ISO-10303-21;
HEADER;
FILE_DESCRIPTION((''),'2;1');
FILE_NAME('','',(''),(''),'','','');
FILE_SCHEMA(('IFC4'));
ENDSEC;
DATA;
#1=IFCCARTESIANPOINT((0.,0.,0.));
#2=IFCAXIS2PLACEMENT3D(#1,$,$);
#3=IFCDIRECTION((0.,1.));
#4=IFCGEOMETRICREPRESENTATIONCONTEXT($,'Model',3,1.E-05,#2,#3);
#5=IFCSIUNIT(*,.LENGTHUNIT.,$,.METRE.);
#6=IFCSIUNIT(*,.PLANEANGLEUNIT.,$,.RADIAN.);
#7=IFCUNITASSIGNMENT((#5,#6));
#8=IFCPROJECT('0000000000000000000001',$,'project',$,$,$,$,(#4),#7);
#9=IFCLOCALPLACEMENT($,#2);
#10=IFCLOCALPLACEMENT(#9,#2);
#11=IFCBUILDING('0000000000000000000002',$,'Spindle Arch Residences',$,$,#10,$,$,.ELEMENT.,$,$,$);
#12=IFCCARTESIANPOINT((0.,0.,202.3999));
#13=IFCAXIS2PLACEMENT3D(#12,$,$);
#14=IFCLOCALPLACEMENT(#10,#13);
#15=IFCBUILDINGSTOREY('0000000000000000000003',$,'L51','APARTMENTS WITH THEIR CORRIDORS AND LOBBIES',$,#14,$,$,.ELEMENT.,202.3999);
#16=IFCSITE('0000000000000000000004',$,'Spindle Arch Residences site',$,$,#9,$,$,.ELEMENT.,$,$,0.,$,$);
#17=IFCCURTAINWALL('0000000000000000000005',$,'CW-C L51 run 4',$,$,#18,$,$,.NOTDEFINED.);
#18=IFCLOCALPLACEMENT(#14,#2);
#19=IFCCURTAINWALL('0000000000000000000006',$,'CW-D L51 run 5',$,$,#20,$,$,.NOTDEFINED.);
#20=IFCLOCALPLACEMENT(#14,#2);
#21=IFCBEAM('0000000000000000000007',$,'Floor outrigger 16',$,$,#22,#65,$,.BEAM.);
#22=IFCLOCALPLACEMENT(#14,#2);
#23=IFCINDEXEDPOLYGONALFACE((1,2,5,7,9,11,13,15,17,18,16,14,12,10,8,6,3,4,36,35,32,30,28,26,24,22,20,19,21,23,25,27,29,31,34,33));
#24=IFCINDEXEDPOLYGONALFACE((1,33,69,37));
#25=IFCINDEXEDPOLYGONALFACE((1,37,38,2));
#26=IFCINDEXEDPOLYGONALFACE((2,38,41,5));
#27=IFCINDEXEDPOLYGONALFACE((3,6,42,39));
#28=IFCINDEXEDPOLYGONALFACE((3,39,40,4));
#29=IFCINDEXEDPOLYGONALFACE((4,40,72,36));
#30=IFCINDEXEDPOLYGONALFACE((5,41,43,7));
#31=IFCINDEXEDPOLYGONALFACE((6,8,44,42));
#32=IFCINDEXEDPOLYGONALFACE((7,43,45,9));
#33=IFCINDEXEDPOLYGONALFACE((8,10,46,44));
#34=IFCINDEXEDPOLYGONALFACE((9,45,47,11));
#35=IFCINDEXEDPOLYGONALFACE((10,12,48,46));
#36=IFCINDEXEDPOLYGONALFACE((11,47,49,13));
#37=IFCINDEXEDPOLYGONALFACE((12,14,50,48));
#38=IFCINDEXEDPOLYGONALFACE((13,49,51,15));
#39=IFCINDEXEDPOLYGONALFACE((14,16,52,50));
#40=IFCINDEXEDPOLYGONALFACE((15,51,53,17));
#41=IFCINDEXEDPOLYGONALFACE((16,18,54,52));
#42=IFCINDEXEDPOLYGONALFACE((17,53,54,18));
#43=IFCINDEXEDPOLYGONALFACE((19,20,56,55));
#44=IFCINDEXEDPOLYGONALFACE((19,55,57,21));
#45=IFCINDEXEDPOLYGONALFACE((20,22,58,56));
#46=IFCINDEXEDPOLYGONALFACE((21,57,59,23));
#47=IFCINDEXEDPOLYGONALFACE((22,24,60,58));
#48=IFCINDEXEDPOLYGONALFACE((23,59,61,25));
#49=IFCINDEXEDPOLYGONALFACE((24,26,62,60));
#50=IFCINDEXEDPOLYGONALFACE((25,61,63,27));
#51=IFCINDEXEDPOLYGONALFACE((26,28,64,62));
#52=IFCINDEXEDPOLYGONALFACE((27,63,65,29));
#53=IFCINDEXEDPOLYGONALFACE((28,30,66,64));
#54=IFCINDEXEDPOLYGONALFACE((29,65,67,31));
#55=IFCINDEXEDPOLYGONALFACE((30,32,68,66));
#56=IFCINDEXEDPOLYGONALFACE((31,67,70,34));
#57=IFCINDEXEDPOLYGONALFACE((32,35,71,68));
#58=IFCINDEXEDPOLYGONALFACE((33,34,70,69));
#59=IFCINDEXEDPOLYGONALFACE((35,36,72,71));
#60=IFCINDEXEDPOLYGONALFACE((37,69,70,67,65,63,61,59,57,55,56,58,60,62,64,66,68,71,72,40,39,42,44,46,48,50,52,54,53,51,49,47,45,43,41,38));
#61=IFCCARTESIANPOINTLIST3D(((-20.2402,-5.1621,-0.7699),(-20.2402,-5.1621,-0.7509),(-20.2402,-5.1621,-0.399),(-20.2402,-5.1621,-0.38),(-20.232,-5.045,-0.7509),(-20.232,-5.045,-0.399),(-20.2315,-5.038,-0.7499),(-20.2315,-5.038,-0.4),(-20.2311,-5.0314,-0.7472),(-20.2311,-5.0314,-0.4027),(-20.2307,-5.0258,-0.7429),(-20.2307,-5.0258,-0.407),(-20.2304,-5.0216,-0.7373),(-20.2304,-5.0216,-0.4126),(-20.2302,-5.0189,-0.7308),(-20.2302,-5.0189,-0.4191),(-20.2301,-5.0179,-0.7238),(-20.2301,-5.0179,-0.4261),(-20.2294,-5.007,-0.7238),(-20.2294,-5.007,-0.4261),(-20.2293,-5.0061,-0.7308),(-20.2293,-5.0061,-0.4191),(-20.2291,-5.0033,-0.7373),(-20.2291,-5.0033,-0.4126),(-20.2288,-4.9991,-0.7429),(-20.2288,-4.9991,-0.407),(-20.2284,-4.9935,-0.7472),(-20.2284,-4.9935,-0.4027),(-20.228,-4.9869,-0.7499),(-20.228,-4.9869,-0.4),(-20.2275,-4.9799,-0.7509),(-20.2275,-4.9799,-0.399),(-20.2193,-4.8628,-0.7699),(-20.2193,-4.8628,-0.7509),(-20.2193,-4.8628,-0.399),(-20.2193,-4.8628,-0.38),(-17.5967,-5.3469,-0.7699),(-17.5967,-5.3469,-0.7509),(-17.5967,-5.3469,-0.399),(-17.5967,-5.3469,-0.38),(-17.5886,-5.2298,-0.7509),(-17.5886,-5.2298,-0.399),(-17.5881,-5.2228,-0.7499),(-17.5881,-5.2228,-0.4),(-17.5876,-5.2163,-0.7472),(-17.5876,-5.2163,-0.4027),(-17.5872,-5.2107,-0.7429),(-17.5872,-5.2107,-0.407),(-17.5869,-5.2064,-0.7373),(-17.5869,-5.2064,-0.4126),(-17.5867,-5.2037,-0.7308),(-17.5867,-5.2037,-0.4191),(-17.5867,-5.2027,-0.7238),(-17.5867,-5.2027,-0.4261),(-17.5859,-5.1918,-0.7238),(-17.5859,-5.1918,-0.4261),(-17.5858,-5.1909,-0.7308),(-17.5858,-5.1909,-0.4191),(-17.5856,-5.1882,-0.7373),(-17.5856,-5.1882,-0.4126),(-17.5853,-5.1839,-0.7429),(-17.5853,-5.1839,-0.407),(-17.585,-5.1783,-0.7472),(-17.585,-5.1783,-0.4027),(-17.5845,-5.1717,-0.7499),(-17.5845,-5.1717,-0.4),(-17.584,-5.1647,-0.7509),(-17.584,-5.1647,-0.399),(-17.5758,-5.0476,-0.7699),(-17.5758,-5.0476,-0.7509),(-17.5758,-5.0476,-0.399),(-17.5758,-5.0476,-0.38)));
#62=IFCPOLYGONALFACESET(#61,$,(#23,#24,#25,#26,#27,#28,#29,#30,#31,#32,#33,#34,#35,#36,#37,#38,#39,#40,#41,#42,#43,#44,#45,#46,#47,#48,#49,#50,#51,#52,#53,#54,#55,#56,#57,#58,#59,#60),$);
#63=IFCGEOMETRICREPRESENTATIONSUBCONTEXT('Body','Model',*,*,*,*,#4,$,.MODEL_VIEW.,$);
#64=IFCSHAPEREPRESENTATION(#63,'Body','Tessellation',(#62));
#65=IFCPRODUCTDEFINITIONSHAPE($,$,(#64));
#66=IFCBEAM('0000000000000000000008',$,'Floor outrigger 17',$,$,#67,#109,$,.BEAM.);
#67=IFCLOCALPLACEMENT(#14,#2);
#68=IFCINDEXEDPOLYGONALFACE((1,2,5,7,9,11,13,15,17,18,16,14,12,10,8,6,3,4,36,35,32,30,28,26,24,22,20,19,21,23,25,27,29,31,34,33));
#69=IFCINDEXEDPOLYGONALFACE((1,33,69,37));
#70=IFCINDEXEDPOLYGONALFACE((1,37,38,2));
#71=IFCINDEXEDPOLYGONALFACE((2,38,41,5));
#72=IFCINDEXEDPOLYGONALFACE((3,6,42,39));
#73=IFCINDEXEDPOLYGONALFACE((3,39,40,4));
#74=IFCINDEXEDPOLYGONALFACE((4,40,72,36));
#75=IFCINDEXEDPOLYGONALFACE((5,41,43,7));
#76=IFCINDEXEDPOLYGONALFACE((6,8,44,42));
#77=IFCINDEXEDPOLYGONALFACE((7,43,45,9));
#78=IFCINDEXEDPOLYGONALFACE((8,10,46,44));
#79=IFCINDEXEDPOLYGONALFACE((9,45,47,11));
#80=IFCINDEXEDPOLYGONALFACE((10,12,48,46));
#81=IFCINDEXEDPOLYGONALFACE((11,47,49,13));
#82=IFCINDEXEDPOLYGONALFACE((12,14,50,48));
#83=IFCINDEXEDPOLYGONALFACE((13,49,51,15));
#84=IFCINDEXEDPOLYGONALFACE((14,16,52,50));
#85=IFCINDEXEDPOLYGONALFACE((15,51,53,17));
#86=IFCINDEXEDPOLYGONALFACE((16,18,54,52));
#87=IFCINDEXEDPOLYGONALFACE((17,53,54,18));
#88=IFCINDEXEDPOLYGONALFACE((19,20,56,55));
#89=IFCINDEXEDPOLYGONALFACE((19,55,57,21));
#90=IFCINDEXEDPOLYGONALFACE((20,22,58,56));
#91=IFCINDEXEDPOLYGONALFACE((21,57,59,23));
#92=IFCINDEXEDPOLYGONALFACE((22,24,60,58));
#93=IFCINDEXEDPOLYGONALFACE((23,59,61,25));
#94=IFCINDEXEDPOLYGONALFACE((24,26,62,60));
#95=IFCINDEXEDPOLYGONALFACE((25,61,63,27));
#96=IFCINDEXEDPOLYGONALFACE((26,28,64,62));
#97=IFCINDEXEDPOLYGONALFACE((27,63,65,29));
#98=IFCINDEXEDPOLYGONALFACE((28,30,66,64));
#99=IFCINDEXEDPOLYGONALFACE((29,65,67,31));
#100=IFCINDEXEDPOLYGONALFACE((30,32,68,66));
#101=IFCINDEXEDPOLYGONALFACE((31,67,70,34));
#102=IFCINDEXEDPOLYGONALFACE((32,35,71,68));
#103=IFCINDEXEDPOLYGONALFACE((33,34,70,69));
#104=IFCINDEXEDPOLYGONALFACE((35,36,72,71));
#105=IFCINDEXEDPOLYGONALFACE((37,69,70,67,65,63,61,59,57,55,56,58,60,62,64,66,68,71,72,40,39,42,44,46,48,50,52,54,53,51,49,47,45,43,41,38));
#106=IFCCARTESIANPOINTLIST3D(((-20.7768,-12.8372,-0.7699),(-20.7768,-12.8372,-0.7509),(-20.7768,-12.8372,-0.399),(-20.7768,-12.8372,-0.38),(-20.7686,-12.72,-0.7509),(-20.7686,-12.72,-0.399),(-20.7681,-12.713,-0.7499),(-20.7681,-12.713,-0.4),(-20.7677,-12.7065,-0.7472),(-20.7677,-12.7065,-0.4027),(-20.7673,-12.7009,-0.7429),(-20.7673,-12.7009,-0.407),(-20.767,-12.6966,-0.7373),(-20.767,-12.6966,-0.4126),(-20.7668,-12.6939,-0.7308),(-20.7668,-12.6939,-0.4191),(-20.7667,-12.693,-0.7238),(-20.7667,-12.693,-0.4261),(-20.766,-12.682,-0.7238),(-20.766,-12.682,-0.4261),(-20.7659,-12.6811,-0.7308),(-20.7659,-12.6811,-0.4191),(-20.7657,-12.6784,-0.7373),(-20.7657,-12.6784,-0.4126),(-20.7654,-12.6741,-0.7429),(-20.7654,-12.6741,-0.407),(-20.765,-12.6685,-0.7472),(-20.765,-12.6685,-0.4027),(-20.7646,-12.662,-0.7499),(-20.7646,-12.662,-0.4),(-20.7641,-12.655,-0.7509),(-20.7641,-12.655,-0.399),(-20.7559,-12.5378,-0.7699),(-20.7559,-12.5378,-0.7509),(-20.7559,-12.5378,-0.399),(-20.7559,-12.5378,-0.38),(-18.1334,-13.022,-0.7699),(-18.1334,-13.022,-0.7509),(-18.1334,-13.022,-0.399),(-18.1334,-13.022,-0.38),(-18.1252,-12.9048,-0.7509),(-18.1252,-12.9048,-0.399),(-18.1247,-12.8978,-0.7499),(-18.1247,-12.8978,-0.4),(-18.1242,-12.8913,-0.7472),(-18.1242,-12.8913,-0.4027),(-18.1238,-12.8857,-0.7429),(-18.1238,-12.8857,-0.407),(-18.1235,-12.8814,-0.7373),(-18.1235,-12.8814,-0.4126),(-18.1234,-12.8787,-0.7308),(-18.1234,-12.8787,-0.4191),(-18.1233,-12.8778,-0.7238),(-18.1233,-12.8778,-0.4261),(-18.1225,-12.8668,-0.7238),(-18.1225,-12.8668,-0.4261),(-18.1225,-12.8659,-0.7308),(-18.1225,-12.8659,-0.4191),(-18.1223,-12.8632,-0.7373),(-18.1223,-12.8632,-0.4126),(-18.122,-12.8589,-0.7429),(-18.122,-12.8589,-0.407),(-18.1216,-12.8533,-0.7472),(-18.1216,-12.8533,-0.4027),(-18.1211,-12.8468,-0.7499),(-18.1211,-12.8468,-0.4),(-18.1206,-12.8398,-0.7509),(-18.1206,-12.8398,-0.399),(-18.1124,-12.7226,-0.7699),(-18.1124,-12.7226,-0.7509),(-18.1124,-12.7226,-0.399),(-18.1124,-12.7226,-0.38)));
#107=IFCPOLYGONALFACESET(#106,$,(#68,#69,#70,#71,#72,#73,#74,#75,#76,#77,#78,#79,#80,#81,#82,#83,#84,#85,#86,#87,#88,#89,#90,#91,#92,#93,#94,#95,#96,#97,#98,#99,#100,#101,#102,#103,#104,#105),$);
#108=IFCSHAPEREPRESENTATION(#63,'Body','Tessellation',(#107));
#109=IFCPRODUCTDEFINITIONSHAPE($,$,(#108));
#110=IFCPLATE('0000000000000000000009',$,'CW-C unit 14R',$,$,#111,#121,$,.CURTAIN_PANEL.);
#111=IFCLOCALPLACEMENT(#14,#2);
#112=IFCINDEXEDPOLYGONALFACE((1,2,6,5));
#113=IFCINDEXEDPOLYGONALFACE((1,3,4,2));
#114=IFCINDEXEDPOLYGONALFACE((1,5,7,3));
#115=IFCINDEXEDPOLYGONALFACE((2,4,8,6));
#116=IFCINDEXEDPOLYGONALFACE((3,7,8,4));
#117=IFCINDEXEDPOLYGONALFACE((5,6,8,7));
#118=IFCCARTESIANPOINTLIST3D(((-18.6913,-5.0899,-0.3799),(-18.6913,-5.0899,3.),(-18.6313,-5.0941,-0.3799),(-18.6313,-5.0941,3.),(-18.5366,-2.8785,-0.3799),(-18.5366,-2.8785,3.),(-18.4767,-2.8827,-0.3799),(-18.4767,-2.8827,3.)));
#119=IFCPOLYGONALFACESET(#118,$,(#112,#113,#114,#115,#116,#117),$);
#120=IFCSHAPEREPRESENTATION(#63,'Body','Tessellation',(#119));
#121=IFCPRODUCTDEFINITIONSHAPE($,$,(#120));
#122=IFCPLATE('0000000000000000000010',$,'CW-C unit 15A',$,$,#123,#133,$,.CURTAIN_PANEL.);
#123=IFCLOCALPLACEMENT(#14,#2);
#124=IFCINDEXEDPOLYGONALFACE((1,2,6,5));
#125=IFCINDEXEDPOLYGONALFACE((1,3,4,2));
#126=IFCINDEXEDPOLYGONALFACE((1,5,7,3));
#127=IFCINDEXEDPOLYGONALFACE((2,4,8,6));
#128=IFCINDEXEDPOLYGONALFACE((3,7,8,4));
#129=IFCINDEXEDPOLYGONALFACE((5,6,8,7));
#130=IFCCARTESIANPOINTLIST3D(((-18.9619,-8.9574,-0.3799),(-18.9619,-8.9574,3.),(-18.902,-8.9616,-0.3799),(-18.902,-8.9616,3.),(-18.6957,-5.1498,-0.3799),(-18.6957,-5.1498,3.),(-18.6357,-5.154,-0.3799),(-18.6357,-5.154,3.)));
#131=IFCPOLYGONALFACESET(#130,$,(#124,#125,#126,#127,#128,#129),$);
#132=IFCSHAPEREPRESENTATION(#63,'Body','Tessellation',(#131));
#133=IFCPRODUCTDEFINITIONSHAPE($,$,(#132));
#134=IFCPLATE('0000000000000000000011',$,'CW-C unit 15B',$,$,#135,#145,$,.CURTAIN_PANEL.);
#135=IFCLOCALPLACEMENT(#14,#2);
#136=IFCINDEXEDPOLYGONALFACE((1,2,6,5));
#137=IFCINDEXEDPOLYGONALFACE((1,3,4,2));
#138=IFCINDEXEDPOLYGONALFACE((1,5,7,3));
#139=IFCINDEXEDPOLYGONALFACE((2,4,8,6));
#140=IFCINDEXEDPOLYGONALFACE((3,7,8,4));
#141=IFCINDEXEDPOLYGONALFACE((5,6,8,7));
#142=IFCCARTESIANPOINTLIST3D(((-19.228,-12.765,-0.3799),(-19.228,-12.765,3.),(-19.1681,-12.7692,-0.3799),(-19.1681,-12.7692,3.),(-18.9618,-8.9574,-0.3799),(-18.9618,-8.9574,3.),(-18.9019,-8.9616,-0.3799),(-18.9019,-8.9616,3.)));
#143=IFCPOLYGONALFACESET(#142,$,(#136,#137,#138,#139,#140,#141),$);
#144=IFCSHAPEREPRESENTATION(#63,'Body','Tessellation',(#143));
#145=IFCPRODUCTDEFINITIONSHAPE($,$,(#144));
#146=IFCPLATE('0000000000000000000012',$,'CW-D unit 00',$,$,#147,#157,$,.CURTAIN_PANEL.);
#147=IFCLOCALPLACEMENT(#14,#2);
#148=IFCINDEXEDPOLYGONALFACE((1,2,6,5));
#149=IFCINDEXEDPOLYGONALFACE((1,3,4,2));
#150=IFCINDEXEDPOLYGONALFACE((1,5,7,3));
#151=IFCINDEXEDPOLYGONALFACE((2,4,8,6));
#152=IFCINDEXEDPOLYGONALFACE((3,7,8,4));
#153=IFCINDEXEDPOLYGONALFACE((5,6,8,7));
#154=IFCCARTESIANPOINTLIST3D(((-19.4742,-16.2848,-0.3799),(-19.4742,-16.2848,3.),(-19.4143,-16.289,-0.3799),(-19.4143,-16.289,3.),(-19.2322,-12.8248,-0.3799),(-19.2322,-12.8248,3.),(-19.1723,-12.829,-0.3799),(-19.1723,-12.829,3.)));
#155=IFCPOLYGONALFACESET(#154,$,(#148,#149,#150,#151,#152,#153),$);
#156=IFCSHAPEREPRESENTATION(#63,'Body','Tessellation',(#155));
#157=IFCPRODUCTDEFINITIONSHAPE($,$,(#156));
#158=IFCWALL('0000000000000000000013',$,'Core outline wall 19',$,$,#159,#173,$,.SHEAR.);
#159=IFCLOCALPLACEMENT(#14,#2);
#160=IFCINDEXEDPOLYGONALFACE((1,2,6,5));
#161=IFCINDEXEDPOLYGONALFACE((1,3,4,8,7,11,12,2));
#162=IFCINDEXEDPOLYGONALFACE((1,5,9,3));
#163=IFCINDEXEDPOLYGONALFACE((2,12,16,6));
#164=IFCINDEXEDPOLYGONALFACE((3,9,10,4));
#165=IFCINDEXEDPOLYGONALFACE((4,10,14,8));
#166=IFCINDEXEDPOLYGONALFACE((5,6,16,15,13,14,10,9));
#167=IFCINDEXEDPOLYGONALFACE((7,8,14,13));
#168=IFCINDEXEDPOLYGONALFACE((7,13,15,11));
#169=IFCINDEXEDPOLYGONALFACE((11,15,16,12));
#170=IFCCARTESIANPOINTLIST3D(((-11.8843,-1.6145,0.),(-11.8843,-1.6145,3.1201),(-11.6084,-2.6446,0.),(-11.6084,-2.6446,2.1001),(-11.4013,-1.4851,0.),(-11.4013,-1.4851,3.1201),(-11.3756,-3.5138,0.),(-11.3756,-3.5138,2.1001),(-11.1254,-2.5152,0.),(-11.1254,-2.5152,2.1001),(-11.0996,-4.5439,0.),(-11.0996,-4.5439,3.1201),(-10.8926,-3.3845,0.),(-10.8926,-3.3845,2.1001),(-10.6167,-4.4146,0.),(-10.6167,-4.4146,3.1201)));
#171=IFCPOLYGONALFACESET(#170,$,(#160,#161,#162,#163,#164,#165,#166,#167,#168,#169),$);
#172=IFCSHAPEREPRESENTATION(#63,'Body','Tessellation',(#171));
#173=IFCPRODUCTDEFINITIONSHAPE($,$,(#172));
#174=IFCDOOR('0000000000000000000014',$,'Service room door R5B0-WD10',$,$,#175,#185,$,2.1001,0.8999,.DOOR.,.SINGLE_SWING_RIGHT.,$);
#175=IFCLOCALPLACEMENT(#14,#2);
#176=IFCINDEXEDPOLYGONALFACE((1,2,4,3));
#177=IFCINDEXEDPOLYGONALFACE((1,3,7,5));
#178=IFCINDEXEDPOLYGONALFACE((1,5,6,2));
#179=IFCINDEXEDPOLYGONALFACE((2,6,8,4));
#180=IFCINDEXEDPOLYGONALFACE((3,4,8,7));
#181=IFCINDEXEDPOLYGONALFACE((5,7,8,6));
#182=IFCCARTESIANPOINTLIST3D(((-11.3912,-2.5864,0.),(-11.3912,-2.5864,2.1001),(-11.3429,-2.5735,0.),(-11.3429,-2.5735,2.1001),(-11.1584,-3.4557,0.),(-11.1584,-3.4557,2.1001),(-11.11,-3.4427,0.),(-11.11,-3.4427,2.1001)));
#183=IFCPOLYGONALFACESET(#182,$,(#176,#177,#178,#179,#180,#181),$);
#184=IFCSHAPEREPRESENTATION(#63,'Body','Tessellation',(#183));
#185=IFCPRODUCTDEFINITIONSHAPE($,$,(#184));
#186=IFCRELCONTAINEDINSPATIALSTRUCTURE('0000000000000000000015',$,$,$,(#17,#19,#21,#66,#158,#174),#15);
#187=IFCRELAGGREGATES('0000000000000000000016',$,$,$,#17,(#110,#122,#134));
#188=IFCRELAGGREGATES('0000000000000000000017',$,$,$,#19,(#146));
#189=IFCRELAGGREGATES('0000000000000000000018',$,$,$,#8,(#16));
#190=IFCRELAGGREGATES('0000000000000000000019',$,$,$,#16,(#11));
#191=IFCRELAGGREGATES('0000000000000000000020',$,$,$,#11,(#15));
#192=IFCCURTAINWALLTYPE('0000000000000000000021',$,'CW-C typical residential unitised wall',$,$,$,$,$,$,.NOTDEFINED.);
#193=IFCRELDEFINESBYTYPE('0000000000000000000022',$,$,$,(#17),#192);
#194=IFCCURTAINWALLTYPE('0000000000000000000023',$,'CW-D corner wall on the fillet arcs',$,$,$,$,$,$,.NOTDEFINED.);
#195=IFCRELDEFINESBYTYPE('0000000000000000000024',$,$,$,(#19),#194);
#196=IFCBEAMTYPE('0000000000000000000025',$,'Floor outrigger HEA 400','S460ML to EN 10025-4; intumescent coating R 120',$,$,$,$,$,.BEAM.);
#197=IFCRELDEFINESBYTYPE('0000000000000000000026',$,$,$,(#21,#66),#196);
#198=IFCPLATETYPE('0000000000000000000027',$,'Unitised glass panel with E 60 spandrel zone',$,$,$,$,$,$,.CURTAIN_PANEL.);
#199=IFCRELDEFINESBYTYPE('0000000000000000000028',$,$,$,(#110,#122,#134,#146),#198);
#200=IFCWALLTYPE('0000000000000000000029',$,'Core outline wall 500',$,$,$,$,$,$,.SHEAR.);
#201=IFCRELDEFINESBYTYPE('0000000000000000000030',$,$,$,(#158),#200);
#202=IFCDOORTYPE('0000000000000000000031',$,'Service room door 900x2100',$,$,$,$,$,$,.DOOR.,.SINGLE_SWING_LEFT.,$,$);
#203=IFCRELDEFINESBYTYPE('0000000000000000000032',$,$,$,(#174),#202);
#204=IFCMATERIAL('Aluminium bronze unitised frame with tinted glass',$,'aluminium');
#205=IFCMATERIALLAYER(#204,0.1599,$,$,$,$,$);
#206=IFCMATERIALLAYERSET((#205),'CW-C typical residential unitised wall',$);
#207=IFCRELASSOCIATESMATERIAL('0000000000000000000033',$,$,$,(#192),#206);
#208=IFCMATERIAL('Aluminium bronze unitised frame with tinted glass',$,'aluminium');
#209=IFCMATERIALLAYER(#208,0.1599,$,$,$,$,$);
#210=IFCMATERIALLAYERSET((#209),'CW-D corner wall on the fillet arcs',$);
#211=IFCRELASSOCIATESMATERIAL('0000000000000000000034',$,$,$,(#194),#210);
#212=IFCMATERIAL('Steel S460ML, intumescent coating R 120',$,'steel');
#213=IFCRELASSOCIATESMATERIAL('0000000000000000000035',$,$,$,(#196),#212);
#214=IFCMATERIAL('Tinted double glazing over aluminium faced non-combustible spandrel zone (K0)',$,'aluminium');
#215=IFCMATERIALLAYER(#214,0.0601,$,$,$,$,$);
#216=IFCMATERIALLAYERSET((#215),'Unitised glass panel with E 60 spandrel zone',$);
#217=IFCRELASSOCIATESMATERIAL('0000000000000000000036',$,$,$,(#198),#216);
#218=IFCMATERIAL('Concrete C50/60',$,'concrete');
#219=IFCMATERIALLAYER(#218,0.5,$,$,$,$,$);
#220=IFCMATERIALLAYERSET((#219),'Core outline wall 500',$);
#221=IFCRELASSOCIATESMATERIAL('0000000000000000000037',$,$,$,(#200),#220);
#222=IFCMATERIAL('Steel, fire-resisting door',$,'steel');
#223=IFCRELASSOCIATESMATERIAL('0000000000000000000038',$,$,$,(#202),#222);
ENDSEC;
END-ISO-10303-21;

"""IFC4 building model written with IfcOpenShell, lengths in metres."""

from ifc_helpers import new_model, si_unit, direction, frame, frame_2d, origin, origin_2d, place, context, subcontext, project, spatial, rectangle, i_section, extrude, material, layer, layer_set, material_profile, profile_set, type_object, element, fill, aggregate, save


model = new_model("IFC4")

# Units and contexts
model_context = context("Model", 3, precision=1e-05, world=origin(), true_north=direction((0.0, 1.0)))
body_context = subcontext(model_context, "Body", "Model", "MODEL_VIEW")
ifc_project = project(units=[si_unit("LENGTHUNIT", "METRE"), si_unit("PLANEANGLEUNIT", "RADIAN")], contexts=[model_context])

# Site, building, storey
site_placement = place(None, origin())
site = spatial("IfcSite", under=ifc_project, at=site_placement, Name="Spindle Arch Residences site", CompositionType="ELEMENT", RefElevation=0.0)
building_placement = place(site_placement, origin())
building = spatial("IfcBuilding", under=site, at=building_placement, Name="Spindle Arch Residences", CompositionType="ELEMENT")
storey_placement = place(building_placement, frame((0.0, 0.0, 202.3999)))
storey = spatial("IfcBuildingStorey", under=building, at=storey_placement, Name="L51", Description="APARTMENTS WITH THEIR CORRIDORS AND LOBBIES", CompositionType="ELEMENT", Elevation=202.3999)

# Curtain wall
ifc_material_1 = material(Name="Aluminium bronze unitised frame with tinted glass", Category="aluminium")
ifc_layer_1 = layer(ifc_material_1, 0.1599)
ifc_layer_set_1 = layer_set([ifc_layer_1], Name="CW-C typical residential unitised wall")
curtain_wall_type_1 = type_object("IfcCurtainWallType", Name="CW-C typical residential unitised wall", PredefinedType="NOTDEFINED", material=ifc_layer_set_1)
curtain_wall_1_placement = place(storey_placement, origin())
curtain_wall_1 = element("IfcCurtainWall", 1, at=curtain_wall_1_placement, inside=storey, type_object=curtain_wall_type_1, Name="CW-C L51 run 4", PredefinedType="NOTDEFINED")

# Curtain wall
ifc_material_2 = material(Name="Aluminium bronze unitised frame with tinted glass", Category="aluminium")
ifc_layer_2 = layer(ifc_material_2, 0.1599)
ifc_layer_set_2 = layer_set([ifc_layer_2], Name="CW-D corner wall on the fillet arcs")
curtain_wall_type_2 = type_object("IfcCurtainWallType", Name="CW-D corner wall on the fillet arcs", PredefinedType="NOTDEFINED", material=ifc_layer_set_2)
curtain_wall_2_placement = place(storey_placement, origin())
curtain_wall_2 = element("IfcCurtainWall", 2, at=curtain_wall_2_placement, inside=storey, type_object=curtain_wall_type_2, Name="CW-D L51 run 5", PredefinedType="NOTDEFINED")

# Beams
ifc_material_3 = material(Name="Steel S460ML, intumescent coating R 120", Category="steel")
ifc_material_profile_1 = material_profile(ifc_material_3, i_section(OverallWidth=0.3, OverallDepth=0.3899, WebThickness=0.011, FlangeThickness=0.019, FilletRadius=0.0271, at=origin_2d()), Name="HEA 400")
ifc_profile_set_1 = profile_set([ifc_material_profile_1], Name="Steel S460ML, intumescent coating R 120")
beam_type_1 = type_object("IfcBeamType", Name="Floor outrigger HEA 400", Description="S460ML to EN 10025-4; intumescent coating R 120", PredefinedType="BEAM", material=ifc_profile_set_1)
for number, where, z_axis, x_axis, name in (
    (3, (-20.2297, -5.0125, -0.575), (0.997565, -0.069741, 0.0), (0.069741, 0.997565, 0.0), "Floor outrigger 16"),
    (4, (-20.7664, -12.6875, -0.575), (0.997565, -0.069741, 0.0), (0.069741, 0.997565, 0.0), "Floor outrigger 17"),
):
    element("IfcBeam", number, at=place(storey_placement, frame(where, z_axis=z_axis, x_axis=x_axis)), inside=storey, type_object=beam_type_1, Name=name, PredefinedType="BEAM", context=body_context, shape_type="SweptSolid", body=[
        extrude(i_section(OverallWidth=0.3, OverallDepth=0.3899, WebThickness=0.011, FlangeThickness=0.019, FilletRadius=0.0271, at=origin_2d()), origin(), (0.0, 0.0, 1.0), 2.6499),
    ])

# Plates
ifc_material_4 = material(Name="Tinted double glazing over aluminium faced non-combustible spandrel zone (K0)", Category="aluminium")
ifc_layer_3 = layer(ifc_material_4, 0.0601)
ifc_layer_set_3 = layer_set([ifc_layer_3], Name="Unitised glass panel with E 60 spandrel zone")
plate_type = type_object("IfcPlateType", Name="Unitised glass panel with E 60 spandrel zone", PredefinedType="CURTAIN_PANEL", material=ifc_layer_set_3)
plate_1_placement = place(storey_placement, frame((-18.584, -3.9863, -0.3799), z_axis=(0.0, 0.0, 1.0), x_axis=(-0.069756, -0.997564, 0.0)))
plate_1 = element("IfcPlate", 5, at=plate_1_placement, type_object=plate_type, Name="CW-C unit 14R", PredefinedType="CURTAIN_PANEL", context=body_context, shape_type="SweptSolid", body=[
    extrude(rectangle(XDim=2.2168, YDim=0.0601, at=origin_2d()), origin(), (0.0, 0.0, 1.0), 3.3799),
])
plate_2_placement = place(storey_placement, frame((-18.7988, -7.0557, -0.3799), z_axis=(0.0, 0.0, 1.0), x_axis=(-0.069756, -0.997564, 0.0)))
plate_2 = element("IfcPlate", 6, at=plate_2_placement, type_object=plate_type, Name="CW-C unit 15A", PredefinedType="CURTAIN_PANEL", context=body_context, shape_type="SweptSolid", body=[
    extrude(rectangle(XDim=3.8169, YDim=0.0601, at=origin_2d()), origin(), (0.0, 0.0, 1.0), 3.3799),
])
plate_3_placement = place(storey_placement, frame((-19.0649, -10.8633, -0.3799), z_axis=(0.0, 0.0, 1.0), x_axis=(-0.069756, -0.997564, 0.0)))
plate_3 = element("IfcPlate", 7, at=plate_3_placement, type_object=plate_type, Name="CW-C unit 15B", PredefinedType="CURTAIN_PANEL", context=body_context, shape_type="SweptSolid", body=[
    extrude(rectangle(XDim=3.8169, YDim=0.0601, at=origin_2d()), origin(), (0.0, 0.0, 1.0), 3.3799),
])
aggregate(curtain_wall_1, [plate_1, plate_2, plate_3])
plate_4_placement = place(storey_placement, frame((-19.3232, -14.5569, -0.3799), z_axis=(0.0, 0.0, 1.0), x_axis=(-0.069756, -0.997564, 0.0)))
plate_4 = element("IfcPlate", 8, at=plate_4_placement, type_object=plate_type, Name="CW-D unit 00", PredefinedType="CURTAIN_PANEL", context=body_context, shape_type="SweptSolid", body=[
    extrude(rectangle(XDim=3.4685, YDim=0.0601, at=origin_2d()), origin(), (0.0, 0.0, 1.0), 3.3799),
])
aggregate(curtain_wall_2, [plate_4])

# Wall, opening, door
ifc_material_5 = material(Name="Concrete C50/60", Category="concrete")
ifc_layer_4 = layer(ifc_material_5, 0.5)
ifc_layer_set_4 = layer_set([ifc_layer_4], Name="Core outline wall 500")
wall_type_1 = type_object("IfcWallType", Name="Core outline wall 500", PredefinedType="SHEAR", material=ifc_layer_set_4)
wall_1_placement = place(storey_placement, frame((-11.6428, -1.5498, 0.0), z_axis=(0.0, 0.0, 1.0), x_axis=(0.258735, -0.965948, 0.0)))
wall_1 = element("IfcWall", 9, at=wall_1_placement, inside=storey, type_object=wall_type_1, Name="Core outline wall 19", PredefinedType="SHEAR", context=body_context, shape_type="SweptSolid", body=[
    extrude(rectangle(XDim=3.0327, YDim=0.5, at=frame_2d((1.5164, 0.0))), origin(), (0.0, 0.0, 1.0), 3.1201),
])
opening_1_placement = place(wall_1_placement, frame((1.0664, 0.0, 0.0)))
opening_1 = element("IfcOpeningElement", 10, at=opening_1_placement, cuts=wall_1, PredefinedType="OPENING", context=body_context, shape_type="SweptSolid", body=[
    extrude(rectangle(XDim=0.8999, YDim=2.1001, at=frame_2d((0.45, 1.05))), frame((0.0, 0.26, 0.0), z_axis=(0.0, -1.0, 0.0), x_axis=(1.0, 0.0, 0.0)), (0.0, 0.0, 1.0), 0.52),
])
ifc_material_6 = material(Name="Steel, fire-resisting door", Category="steel")
door_type_1 = type_object("IfcDoorType", Name="Service room door 900x2100", OperationType="SINGLE_SWING_LEFT", PredefinedType="DOOR", material=ifc_material_6)
door_1_placement = place(opening_1_placement, origin())
door_1 = element("IfcDoor", 11, at=door_1_placement, inside=storey, type_object=door_type_1, Name="Service room door R5B0-WD10", OperationType="SINGLE_SWING_RIGHT", OverallHeight=2.1001, OverallWidth=0.8999, PredefinedType="DOOR", context=body_context, shape_type="SweptSolid", body=[
    extrude(rectangle(XDim=0.8999, YDim=2.1001, at=frame_2d((0.45, 1.05))), frame((0.0, 0.0249, 0.0), z_axis=(0.0, -1.0, 0.0), x_axis=(1.0, 0.0, 0.0)), (0.0, 0.0, 1.0), 0.05),
])
fill(opening_1, door_1)

save(model, "model.ifc")
